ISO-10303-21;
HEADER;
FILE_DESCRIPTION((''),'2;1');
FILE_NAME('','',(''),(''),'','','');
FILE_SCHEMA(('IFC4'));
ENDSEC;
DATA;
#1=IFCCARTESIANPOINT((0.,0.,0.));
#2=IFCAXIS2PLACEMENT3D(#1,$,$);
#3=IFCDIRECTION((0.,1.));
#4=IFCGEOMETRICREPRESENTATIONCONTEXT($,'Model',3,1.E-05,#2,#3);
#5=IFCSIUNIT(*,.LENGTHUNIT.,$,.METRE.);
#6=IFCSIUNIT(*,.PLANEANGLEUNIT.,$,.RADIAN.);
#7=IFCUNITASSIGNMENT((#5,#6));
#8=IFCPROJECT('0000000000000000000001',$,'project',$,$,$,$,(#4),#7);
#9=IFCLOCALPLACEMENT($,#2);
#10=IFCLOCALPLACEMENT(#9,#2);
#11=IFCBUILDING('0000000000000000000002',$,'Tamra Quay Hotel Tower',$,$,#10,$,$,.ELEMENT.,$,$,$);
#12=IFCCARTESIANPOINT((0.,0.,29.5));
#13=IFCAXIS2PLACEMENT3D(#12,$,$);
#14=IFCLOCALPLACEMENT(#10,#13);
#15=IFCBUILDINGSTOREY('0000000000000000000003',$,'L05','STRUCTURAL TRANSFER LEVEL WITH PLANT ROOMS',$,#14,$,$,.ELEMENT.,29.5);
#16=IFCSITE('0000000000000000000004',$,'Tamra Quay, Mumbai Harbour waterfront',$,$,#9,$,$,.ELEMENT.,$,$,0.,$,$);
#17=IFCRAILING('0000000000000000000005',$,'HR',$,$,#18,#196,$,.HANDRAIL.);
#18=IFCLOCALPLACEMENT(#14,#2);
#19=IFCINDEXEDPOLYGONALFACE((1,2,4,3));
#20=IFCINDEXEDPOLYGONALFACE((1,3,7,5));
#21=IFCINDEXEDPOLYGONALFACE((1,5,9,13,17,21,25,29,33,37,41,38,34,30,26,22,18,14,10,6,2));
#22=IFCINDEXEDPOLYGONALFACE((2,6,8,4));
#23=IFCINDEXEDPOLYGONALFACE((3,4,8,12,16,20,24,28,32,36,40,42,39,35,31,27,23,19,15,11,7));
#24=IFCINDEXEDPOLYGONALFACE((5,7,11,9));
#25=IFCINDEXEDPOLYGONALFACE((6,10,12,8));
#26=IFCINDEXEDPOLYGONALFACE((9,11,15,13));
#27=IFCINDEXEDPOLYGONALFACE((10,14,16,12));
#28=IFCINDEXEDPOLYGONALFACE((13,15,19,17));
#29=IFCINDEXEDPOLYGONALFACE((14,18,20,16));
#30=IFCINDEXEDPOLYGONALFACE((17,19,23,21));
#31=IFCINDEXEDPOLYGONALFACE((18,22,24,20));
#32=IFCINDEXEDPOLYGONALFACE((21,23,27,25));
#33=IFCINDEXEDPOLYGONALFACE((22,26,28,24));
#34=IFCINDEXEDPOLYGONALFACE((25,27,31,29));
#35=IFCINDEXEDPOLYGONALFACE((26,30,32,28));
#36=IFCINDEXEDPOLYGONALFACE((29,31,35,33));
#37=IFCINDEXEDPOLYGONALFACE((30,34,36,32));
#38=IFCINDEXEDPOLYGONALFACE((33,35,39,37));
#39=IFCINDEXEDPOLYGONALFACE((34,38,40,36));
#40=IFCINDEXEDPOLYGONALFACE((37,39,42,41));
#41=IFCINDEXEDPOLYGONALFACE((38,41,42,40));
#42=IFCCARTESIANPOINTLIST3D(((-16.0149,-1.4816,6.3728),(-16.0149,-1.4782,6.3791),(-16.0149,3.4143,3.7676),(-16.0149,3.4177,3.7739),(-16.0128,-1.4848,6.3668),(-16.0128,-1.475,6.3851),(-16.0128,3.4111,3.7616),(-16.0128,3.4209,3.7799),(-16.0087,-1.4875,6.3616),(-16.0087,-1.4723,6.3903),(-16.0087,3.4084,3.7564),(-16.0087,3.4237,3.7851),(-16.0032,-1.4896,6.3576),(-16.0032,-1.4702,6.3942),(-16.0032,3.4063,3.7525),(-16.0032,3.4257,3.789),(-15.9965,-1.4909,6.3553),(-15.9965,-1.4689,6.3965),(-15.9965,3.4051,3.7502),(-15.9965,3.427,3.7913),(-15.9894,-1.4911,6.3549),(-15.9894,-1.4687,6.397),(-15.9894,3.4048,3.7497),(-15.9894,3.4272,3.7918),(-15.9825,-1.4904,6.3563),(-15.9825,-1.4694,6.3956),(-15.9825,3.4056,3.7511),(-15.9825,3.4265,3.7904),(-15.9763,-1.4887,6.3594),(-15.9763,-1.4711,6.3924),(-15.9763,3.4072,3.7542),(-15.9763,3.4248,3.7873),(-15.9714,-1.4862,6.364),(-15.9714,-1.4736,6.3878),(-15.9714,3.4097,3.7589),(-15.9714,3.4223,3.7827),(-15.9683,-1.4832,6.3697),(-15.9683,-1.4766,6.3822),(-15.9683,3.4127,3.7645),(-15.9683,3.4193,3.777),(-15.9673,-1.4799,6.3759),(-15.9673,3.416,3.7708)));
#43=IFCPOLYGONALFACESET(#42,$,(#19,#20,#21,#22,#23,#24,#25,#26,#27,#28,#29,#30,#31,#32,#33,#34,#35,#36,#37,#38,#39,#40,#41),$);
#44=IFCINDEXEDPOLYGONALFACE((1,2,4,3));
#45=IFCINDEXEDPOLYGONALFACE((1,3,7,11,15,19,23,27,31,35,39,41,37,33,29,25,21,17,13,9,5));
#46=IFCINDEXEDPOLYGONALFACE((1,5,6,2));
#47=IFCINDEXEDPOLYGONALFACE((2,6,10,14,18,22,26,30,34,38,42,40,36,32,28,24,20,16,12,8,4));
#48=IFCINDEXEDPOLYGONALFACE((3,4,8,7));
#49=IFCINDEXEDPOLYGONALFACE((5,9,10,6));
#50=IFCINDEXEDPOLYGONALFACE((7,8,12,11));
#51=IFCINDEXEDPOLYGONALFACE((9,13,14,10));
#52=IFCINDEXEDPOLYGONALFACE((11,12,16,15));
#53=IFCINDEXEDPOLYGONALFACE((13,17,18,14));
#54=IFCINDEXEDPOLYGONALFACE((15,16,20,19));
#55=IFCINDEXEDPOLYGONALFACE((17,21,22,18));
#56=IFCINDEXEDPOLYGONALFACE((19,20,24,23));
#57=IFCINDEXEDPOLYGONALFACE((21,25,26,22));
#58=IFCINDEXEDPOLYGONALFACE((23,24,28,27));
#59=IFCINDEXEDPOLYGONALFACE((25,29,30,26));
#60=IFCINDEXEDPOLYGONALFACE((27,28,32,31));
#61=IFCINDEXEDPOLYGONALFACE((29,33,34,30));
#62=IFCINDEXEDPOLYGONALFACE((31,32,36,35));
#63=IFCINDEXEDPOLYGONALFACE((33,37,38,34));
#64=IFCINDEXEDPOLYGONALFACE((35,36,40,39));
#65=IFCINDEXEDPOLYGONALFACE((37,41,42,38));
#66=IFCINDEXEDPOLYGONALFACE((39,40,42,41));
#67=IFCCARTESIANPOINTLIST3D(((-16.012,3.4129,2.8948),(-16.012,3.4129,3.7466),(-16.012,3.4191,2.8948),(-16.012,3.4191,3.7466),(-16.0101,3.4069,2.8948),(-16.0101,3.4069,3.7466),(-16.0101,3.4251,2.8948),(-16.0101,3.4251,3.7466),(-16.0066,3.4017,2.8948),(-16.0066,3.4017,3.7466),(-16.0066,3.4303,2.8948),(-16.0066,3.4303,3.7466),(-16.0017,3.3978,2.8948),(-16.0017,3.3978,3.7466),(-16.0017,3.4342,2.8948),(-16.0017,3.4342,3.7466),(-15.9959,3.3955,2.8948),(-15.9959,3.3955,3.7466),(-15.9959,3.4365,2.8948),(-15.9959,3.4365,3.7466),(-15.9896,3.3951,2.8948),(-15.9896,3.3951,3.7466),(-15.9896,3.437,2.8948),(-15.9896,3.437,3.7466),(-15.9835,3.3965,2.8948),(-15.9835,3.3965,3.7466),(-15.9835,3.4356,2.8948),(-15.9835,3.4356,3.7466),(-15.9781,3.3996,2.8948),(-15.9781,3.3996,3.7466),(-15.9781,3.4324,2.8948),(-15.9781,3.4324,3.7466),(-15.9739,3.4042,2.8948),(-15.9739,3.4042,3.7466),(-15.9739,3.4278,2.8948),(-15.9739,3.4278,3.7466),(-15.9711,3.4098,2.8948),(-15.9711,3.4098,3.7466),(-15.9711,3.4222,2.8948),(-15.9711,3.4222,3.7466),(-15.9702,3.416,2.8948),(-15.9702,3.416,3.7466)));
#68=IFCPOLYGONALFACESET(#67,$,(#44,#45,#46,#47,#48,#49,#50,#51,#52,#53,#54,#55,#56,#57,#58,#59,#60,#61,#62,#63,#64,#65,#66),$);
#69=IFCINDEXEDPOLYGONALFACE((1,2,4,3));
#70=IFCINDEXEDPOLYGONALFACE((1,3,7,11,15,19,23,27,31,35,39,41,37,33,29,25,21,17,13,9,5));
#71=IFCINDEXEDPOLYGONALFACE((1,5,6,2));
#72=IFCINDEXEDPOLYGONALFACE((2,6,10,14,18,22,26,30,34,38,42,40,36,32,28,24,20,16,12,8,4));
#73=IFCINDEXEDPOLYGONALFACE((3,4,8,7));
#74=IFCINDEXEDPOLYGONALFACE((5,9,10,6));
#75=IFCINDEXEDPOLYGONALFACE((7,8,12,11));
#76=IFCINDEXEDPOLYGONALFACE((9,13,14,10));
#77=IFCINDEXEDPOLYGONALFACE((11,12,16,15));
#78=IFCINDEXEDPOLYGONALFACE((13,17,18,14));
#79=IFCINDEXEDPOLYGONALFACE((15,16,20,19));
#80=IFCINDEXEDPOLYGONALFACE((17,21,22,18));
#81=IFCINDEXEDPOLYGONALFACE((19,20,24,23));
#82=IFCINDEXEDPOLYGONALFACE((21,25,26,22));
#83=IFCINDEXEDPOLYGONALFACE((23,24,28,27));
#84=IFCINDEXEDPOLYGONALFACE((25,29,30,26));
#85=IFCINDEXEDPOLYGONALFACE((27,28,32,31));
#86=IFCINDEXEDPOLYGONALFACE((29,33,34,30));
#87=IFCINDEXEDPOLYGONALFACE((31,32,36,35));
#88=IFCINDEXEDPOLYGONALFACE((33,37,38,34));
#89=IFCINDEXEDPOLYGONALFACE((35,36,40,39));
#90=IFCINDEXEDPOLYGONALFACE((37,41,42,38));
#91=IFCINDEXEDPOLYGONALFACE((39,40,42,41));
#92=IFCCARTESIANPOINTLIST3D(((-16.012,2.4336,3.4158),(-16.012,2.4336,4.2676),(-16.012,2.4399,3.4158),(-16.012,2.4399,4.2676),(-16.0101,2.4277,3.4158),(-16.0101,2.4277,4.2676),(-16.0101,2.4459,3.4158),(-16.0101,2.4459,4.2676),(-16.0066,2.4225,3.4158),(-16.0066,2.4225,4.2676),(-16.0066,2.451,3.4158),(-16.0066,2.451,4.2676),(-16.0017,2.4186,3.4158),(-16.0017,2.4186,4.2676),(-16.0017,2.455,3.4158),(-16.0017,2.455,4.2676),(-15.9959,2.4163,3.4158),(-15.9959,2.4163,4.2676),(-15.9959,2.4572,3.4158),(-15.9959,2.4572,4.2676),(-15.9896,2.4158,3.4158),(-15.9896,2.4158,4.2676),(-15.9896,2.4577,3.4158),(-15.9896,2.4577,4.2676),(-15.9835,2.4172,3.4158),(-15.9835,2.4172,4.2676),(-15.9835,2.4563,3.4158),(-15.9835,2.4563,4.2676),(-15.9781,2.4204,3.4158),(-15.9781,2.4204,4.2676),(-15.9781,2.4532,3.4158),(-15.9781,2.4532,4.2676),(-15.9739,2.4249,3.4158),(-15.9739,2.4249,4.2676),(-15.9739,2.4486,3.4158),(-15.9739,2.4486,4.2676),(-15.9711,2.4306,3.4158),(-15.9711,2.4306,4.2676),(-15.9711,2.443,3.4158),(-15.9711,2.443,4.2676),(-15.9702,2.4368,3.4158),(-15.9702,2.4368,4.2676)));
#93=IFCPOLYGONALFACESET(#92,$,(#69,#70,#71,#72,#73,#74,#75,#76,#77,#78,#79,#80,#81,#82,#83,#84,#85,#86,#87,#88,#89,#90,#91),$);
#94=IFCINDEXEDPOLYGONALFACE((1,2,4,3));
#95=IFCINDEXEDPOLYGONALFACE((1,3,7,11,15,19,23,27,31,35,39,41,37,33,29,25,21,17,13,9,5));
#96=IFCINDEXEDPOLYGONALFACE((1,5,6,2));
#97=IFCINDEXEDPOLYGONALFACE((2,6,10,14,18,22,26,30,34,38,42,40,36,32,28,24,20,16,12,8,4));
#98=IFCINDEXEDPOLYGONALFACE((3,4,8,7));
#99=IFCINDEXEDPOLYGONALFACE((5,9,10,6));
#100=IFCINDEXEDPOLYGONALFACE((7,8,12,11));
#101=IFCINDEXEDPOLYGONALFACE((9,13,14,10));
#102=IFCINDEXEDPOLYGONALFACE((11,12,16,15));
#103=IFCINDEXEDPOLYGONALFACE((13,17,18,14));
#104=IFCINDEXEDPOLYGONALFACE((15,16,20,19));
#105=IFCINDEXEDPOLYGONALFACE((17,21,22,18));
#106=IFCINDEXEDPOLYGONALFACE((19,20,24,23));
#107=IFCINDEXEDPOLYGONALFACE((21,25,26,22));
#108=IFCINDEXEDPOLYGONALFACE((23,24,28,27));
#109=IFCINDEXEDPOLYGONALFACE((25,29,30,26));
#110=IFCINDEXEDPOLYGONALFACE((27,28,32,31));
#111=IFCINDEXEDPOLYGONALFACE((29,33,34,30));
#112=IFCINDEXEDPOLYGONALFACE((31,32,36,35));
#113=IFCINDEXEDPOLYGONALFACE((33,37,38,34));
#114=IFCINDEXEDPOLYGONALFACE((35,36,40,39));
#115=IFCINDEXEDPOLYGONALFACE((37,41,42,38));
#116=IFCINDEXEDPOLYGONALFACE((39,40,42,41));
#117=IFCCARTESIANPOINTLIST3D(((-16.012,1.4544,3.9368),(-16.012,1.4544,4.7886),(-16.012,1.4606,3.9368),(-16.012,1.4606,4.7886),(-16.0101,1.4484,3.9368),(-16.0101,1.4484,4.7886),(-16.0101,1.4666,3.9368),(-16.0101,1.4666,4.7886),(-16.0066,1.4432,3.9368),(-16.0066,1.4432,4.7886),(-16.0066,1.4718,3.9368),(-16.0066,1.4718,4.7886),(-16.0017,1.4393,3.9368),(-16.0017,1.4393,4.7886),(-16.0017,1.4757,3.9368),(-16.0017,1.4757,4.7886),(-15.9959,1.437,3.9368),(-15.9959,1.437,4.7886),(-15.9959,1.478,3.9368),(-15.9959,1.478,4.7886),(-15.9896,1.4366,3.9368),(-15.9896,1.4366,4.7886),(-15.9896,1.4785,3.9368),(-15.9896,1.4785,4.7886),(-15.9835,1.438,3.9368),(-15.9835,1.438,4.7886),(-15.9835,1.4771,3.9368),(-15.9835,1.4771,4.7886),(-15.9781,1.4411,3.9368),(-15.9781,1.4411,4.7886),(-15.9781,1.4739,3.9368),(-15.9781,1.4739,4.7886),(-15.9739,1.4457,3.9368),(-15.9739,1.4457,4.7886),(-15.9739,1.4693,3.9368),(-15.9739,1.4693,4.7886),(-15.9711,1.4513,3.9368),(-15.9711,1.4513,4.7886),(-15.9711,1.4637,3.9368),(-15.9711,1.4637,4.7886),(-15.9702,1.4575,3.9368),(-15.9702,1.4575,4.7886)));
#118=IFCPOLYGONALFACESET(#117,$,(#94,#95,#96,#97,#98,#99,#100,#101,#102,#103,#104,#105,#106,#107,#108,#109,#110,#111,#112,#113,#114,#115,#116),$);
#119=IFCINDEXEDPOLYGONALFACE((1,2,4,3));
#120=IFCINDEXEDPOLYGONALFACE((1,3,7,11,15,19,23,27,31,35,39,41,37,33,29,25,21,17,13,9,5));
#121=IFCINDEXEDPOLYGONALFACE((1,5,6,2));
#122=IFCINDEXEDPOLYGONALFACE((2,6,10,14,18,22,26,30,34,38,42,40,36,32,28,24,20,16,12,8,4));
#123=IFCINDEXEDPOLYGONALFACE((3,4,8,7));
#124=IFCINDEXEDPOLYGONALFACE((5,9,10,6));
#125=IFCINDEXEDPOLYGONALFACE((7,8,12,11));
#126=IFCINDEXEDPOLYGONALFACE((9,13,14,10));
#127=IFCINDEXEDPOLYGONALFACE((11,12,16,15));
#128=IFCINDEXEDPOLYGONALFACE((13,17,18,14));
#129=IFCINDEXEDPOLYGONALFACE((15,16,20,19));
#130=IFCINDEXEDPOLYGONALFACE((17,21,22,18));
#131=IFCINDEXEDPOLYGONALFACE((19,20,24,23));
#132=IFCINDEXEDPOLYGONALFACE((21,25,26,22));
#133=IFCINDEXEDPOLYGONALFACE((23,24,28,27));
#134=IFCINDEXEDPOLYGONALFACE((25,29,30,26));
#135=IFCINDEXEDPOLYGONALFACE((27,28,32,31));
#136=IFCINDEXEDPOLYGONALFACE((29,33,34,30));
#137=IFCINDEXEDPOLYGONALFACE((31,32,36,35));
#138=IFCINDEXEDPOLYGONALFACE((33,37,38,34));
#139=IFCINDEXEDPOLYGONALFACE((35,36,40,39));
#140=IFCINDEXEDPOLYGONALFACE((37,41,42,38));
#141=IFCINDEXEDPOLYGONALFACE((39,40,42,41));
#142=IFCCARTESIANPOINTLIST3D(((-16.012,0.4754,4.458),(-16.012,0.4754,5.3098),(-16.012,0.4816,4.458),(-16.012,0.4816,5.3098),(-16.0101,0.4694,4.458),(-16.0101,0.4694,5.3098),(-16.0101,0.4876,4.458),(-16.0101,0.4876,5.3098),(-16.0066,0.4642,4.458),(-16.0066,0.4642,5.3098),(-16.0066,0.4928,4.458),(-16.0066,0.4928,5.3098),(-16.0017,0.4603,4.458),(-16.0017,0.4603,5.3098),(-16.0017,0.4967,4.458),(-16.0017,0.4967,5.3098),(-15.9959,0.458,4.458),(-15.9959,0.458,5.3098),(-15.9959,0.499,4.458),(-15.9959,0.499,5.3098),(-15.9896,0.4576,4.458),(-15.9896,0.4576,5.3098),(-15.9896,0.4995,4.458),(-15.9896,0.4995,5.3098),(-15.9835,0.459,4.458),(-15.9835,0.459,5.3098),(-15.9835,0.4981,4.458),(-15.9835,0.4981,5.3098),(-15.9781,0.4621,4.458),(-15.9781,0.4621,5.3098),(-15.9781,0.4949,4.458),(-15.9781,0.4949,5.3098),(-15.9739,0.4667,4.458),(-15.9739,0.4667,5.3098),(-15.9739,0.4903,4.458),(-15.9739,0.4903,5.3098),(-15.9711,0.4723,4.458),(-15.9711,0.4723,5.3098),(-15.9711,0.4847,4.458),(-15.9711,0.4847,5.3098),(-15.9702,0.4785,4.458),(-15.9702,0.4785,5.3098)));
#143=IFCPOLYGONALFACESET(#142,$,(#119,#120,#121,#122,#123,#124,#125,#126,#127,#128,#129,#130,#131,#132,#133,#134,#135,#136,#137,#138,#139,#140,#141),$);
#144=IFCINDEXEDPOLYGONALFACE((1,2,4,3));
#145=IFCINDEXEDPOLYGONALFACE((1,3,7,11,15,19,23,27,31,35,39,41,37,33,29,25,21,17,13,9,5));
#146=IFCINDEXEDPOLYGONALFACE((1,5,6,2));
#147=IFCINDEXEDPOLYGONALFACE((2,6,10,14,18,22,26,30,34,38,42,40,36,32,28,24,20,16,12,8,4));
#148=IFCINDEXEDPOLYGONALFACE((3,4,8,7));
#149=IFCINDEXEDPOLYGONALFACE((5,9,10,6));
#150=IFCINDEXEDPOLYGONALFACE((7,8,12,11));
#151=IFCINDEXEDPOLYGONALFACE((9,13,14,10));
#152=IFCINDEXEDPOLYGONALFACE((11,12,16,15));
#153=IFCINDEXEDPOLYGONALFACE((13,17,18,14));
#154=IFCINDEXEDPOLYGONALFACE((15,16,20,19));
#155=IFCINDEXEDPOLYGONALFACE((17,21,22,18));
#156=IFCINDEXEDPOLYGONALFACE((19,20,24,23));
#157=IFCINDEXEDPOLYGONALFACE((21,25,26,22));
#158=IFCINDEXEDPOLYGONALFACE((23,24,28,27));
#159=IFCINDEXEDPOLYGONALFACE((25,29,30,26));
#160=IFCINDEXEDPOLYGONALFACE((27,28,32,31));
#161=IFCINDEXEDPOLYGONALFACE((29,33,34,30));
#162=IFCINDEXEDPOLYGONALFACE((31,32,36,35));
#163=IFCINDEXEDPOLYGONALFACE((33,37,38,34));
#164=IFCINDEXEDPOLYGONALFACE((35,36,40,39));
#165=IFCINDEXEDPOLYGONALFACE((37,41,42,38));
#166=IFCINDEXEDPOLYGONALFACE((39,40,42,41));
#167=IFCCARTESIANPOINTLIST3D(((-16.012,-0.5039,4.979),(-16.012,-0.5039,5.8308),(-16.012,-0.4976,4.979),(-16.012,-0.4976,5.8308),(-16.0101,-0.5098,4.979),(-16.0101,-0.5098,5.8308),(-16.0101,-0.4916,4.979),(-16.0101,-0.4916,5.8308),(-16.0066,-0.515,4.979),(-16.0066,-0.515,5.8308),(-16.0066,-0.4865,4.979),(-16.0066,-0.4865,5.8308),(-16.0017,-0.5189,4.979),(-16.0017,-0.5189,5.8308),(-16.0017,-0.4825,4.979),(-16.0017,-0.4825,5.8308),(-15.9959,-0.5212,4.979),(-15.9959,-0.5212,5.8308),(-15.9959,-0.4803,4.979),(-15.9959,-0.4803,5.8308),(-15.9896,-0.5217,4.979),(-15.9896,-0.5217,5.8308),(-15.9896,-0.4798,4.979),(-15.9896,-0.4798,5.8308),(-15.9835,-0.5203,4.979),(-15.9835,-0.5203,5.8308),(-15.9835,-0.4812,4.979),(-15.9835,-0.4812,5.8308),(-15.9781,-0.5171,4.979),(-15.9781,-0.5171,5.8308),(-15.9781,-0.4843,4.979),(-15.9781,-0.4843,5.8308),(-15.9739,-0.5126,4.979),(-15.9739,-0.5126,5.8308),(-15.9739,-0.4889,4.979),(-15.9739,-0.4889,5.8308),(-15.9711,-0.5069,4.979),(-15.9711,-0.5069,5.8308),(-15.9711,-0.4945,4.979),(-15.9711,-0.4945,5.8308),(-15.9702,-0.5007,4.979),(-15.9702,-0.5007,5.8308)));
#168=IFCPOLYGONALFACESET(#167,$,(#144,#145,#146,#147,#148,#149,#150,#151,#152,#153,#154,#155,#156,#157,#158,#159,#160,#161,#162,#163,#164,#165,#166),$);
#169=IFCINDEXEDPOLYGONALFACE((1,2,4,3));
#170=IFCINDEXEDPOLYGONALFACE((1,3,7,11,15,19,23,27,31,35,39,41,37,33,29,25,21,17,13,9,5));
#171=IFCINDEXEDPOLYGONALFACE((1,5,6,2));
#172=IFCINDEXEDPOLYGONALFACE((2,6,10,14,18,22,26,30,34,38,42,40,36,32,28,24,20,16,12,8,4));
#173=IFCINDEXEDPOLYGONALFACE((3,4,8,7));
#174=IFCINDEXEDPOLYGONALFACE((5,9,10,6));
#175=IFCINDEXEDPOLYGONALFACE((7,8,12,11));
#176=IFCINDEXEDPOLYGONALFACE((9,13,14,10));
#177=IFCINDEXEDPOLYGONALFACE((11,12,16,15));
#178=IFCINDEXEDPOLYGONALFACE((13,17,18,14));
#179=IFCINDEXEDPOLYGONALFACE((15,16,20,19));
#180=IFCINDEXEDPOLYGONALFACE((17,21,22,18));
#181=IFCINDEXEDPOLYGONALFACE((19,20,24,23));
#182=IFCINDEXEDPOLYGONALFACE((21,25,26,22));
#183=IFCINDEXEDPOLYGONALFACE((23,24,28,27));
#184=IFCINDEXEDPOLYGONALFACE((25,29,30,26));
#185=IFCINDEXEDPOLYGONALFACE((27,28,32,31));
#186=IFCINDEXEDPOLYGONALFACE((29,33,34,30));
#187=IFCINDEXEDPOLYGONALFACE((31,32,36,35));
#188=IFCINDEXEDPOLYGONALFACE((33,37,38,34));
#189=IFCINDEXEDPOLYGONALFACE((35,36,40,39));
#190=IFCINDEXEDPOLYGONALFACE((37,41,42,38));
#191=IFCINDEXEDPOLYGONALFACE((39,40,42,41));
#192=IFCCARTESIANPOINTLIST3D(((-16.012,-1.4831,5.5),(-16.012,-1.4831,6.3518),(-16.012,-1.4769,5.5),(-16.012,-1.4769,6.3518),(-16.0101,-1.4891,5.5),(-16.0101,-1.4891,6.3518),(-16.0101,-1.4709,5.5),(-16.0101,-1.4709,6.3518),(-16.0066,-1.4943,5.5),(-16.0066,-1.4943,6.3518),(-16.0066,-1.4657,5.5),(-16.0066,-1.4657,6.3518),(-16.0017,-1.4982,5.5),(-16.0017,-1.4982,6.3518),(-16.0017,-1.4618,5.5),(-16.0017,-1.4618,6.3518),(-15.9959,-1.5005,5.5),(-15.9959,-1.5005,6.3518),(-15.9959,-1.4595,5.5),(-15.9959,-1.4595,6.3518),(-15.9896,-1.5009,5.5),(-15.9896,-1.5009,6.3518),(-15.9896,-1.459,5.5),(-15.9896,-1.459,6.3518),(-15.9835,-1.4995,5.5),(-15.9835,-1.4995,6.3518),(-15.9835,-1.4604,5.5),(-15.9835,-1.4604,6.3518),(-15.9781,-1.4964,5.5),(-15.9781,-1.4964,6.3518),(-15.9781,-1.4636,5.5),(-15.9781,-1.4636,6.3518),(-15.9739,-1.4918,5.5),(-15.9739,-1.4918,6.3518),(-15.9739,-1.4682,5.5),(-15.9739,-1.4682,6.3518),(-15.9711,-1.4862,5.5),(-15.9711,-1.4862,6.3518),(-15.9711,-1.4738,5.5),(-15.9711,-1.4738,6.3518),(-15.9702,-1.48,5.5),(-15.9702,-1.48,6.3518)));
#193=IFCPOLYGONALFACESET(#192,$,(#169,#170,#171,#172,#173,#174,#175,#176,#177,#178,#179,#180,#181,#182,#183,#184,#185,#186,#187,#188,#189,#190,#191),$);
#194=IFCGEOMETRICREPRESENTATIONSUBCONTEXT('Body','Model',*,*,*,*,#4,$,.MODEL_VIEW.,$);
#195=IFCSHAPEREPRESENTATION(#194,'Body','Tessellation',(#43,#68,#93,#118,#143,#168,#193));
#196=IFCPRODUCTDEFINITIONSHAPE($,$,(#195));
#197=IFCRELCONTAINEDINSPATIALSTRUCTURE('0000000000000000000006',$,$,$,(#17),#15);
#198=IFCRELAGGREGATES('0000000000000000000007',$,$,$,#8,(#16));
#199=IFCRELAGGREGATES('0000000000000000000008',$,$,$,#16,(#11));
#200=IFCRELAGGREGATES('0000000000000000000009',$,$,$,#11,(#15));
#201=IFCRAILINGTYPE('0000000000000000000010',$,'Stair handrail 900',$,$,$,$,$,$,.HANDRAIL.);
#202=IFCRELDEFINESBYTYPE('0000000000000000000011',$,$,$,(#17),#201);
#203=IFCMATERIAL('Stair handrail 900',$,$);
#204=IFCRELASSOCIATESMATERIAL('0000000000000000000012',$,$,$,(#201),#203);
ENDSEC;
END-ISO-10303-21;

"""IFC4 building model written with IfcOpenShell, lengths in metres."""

from ifc_helpers import new_model, si_unit, direction, frame, origin, origin_2d, place, context, subcontext, project, spatial, circle, extrude, material, type_object, element, save


model = new_model("IFC4")

# Units and contexts
model_context = context("Model", 3, precision=1e-05, world=origin(), true_north=direction((0.0, 1.0)))
body_context = subcontext(model_context, "Body", "Model", "MODEL_VIEW")
ifc_project = project(units=[si_unit("LENGTHUNIT", "METRE"), si_unit("PLANEANGLEUNIT", "RADIAN")], contexts=[model_context])

# Site, building, storey
site_placement = place(None, origin())
site = spatial("IfcSite", under=ifc_project, at=site_placement, Name="Tamra Quay, Mumbai Harbour waterfront", CompositionType="ELEMENT", RefElevation=0.0)
building_placement = place(site_placement, origin())
building = spatial("IfcBuilding", under=site, at=building_placement, Name="Tamra Quay Hotel Tower", CompositionType="ELEMENT")
storey_placement = place(building_placement, frame((0.0, 0.0, 29.5)))
storey = spatial("IfcBuildingStorey", under=building, at=storey_placement, Name="L05", Description="STRUCTURAL TRANSFER LEVEL WITH PLANT ROOMS", CompositionType="ELEMENT", Elevation=29.5)

# Railing
ifc_material_1 = material(Name="Stair handrail 900")
railing_type_1 = type_object("IfcRailingType", Name="Stair handrail 900", PredefinedType="HANDRAIL", material=ifc_material_1)
railing_1_placement = place(storey_placement, frame((-15.9912, 3.416, 2.8948)))
element("IfcRailing", 1, at=railing_1_placement, inside=storey, type_object=railing_type_1, Name="HR", PredefinedType="HANDRAIL", context=body_context, shape_type="SweptSolid", body=[
    extrude(circle(Radius=0.0239, at=origin_2d()), frame((0.0, 0.0, 0.876), z_axis=(0.0, -0.8828, 0.469749), x_axis=(1.0, 0.0, 0.0)), (0.0, 0.0, 1.0), 5.5459),
    extrude(circle(Radius=0.021, at=origin_2d()), origin(), (0.0, 0.0, 1.0), 0.8518),
    extrude(circle(Radius=0.021, at=origin_2d()), frame((0.0, -0.9792, 0.521)), (0.0, 0.0, 1.0), 0.8518),
    extrude(circle(Radius=0.021, at=origin_2d()), frame((0.0, -1.9585, 1.042)), (0.0, 0.0, 1.0), 0.8518),
    extrude(circle(Radius=0.021, at=origin_2d()), frame((0.0, -2.9375, 1.5632)), (0.0, 0.0, 1.0), 0.8518),
    extrude(circle(Radius=0.021, at=origin_2d()), frame((0.0, -3.9167, 2.0842)), (0.0, 0.0, 1.0), 0.8518),
    extrude(circle(Radius=0.021, at=origin_2d()), frame((0.0, -4.896, 2.6052)), (0.0, 0.0, 1.0), 0.8518),
])

save(model, "model.ifc")
